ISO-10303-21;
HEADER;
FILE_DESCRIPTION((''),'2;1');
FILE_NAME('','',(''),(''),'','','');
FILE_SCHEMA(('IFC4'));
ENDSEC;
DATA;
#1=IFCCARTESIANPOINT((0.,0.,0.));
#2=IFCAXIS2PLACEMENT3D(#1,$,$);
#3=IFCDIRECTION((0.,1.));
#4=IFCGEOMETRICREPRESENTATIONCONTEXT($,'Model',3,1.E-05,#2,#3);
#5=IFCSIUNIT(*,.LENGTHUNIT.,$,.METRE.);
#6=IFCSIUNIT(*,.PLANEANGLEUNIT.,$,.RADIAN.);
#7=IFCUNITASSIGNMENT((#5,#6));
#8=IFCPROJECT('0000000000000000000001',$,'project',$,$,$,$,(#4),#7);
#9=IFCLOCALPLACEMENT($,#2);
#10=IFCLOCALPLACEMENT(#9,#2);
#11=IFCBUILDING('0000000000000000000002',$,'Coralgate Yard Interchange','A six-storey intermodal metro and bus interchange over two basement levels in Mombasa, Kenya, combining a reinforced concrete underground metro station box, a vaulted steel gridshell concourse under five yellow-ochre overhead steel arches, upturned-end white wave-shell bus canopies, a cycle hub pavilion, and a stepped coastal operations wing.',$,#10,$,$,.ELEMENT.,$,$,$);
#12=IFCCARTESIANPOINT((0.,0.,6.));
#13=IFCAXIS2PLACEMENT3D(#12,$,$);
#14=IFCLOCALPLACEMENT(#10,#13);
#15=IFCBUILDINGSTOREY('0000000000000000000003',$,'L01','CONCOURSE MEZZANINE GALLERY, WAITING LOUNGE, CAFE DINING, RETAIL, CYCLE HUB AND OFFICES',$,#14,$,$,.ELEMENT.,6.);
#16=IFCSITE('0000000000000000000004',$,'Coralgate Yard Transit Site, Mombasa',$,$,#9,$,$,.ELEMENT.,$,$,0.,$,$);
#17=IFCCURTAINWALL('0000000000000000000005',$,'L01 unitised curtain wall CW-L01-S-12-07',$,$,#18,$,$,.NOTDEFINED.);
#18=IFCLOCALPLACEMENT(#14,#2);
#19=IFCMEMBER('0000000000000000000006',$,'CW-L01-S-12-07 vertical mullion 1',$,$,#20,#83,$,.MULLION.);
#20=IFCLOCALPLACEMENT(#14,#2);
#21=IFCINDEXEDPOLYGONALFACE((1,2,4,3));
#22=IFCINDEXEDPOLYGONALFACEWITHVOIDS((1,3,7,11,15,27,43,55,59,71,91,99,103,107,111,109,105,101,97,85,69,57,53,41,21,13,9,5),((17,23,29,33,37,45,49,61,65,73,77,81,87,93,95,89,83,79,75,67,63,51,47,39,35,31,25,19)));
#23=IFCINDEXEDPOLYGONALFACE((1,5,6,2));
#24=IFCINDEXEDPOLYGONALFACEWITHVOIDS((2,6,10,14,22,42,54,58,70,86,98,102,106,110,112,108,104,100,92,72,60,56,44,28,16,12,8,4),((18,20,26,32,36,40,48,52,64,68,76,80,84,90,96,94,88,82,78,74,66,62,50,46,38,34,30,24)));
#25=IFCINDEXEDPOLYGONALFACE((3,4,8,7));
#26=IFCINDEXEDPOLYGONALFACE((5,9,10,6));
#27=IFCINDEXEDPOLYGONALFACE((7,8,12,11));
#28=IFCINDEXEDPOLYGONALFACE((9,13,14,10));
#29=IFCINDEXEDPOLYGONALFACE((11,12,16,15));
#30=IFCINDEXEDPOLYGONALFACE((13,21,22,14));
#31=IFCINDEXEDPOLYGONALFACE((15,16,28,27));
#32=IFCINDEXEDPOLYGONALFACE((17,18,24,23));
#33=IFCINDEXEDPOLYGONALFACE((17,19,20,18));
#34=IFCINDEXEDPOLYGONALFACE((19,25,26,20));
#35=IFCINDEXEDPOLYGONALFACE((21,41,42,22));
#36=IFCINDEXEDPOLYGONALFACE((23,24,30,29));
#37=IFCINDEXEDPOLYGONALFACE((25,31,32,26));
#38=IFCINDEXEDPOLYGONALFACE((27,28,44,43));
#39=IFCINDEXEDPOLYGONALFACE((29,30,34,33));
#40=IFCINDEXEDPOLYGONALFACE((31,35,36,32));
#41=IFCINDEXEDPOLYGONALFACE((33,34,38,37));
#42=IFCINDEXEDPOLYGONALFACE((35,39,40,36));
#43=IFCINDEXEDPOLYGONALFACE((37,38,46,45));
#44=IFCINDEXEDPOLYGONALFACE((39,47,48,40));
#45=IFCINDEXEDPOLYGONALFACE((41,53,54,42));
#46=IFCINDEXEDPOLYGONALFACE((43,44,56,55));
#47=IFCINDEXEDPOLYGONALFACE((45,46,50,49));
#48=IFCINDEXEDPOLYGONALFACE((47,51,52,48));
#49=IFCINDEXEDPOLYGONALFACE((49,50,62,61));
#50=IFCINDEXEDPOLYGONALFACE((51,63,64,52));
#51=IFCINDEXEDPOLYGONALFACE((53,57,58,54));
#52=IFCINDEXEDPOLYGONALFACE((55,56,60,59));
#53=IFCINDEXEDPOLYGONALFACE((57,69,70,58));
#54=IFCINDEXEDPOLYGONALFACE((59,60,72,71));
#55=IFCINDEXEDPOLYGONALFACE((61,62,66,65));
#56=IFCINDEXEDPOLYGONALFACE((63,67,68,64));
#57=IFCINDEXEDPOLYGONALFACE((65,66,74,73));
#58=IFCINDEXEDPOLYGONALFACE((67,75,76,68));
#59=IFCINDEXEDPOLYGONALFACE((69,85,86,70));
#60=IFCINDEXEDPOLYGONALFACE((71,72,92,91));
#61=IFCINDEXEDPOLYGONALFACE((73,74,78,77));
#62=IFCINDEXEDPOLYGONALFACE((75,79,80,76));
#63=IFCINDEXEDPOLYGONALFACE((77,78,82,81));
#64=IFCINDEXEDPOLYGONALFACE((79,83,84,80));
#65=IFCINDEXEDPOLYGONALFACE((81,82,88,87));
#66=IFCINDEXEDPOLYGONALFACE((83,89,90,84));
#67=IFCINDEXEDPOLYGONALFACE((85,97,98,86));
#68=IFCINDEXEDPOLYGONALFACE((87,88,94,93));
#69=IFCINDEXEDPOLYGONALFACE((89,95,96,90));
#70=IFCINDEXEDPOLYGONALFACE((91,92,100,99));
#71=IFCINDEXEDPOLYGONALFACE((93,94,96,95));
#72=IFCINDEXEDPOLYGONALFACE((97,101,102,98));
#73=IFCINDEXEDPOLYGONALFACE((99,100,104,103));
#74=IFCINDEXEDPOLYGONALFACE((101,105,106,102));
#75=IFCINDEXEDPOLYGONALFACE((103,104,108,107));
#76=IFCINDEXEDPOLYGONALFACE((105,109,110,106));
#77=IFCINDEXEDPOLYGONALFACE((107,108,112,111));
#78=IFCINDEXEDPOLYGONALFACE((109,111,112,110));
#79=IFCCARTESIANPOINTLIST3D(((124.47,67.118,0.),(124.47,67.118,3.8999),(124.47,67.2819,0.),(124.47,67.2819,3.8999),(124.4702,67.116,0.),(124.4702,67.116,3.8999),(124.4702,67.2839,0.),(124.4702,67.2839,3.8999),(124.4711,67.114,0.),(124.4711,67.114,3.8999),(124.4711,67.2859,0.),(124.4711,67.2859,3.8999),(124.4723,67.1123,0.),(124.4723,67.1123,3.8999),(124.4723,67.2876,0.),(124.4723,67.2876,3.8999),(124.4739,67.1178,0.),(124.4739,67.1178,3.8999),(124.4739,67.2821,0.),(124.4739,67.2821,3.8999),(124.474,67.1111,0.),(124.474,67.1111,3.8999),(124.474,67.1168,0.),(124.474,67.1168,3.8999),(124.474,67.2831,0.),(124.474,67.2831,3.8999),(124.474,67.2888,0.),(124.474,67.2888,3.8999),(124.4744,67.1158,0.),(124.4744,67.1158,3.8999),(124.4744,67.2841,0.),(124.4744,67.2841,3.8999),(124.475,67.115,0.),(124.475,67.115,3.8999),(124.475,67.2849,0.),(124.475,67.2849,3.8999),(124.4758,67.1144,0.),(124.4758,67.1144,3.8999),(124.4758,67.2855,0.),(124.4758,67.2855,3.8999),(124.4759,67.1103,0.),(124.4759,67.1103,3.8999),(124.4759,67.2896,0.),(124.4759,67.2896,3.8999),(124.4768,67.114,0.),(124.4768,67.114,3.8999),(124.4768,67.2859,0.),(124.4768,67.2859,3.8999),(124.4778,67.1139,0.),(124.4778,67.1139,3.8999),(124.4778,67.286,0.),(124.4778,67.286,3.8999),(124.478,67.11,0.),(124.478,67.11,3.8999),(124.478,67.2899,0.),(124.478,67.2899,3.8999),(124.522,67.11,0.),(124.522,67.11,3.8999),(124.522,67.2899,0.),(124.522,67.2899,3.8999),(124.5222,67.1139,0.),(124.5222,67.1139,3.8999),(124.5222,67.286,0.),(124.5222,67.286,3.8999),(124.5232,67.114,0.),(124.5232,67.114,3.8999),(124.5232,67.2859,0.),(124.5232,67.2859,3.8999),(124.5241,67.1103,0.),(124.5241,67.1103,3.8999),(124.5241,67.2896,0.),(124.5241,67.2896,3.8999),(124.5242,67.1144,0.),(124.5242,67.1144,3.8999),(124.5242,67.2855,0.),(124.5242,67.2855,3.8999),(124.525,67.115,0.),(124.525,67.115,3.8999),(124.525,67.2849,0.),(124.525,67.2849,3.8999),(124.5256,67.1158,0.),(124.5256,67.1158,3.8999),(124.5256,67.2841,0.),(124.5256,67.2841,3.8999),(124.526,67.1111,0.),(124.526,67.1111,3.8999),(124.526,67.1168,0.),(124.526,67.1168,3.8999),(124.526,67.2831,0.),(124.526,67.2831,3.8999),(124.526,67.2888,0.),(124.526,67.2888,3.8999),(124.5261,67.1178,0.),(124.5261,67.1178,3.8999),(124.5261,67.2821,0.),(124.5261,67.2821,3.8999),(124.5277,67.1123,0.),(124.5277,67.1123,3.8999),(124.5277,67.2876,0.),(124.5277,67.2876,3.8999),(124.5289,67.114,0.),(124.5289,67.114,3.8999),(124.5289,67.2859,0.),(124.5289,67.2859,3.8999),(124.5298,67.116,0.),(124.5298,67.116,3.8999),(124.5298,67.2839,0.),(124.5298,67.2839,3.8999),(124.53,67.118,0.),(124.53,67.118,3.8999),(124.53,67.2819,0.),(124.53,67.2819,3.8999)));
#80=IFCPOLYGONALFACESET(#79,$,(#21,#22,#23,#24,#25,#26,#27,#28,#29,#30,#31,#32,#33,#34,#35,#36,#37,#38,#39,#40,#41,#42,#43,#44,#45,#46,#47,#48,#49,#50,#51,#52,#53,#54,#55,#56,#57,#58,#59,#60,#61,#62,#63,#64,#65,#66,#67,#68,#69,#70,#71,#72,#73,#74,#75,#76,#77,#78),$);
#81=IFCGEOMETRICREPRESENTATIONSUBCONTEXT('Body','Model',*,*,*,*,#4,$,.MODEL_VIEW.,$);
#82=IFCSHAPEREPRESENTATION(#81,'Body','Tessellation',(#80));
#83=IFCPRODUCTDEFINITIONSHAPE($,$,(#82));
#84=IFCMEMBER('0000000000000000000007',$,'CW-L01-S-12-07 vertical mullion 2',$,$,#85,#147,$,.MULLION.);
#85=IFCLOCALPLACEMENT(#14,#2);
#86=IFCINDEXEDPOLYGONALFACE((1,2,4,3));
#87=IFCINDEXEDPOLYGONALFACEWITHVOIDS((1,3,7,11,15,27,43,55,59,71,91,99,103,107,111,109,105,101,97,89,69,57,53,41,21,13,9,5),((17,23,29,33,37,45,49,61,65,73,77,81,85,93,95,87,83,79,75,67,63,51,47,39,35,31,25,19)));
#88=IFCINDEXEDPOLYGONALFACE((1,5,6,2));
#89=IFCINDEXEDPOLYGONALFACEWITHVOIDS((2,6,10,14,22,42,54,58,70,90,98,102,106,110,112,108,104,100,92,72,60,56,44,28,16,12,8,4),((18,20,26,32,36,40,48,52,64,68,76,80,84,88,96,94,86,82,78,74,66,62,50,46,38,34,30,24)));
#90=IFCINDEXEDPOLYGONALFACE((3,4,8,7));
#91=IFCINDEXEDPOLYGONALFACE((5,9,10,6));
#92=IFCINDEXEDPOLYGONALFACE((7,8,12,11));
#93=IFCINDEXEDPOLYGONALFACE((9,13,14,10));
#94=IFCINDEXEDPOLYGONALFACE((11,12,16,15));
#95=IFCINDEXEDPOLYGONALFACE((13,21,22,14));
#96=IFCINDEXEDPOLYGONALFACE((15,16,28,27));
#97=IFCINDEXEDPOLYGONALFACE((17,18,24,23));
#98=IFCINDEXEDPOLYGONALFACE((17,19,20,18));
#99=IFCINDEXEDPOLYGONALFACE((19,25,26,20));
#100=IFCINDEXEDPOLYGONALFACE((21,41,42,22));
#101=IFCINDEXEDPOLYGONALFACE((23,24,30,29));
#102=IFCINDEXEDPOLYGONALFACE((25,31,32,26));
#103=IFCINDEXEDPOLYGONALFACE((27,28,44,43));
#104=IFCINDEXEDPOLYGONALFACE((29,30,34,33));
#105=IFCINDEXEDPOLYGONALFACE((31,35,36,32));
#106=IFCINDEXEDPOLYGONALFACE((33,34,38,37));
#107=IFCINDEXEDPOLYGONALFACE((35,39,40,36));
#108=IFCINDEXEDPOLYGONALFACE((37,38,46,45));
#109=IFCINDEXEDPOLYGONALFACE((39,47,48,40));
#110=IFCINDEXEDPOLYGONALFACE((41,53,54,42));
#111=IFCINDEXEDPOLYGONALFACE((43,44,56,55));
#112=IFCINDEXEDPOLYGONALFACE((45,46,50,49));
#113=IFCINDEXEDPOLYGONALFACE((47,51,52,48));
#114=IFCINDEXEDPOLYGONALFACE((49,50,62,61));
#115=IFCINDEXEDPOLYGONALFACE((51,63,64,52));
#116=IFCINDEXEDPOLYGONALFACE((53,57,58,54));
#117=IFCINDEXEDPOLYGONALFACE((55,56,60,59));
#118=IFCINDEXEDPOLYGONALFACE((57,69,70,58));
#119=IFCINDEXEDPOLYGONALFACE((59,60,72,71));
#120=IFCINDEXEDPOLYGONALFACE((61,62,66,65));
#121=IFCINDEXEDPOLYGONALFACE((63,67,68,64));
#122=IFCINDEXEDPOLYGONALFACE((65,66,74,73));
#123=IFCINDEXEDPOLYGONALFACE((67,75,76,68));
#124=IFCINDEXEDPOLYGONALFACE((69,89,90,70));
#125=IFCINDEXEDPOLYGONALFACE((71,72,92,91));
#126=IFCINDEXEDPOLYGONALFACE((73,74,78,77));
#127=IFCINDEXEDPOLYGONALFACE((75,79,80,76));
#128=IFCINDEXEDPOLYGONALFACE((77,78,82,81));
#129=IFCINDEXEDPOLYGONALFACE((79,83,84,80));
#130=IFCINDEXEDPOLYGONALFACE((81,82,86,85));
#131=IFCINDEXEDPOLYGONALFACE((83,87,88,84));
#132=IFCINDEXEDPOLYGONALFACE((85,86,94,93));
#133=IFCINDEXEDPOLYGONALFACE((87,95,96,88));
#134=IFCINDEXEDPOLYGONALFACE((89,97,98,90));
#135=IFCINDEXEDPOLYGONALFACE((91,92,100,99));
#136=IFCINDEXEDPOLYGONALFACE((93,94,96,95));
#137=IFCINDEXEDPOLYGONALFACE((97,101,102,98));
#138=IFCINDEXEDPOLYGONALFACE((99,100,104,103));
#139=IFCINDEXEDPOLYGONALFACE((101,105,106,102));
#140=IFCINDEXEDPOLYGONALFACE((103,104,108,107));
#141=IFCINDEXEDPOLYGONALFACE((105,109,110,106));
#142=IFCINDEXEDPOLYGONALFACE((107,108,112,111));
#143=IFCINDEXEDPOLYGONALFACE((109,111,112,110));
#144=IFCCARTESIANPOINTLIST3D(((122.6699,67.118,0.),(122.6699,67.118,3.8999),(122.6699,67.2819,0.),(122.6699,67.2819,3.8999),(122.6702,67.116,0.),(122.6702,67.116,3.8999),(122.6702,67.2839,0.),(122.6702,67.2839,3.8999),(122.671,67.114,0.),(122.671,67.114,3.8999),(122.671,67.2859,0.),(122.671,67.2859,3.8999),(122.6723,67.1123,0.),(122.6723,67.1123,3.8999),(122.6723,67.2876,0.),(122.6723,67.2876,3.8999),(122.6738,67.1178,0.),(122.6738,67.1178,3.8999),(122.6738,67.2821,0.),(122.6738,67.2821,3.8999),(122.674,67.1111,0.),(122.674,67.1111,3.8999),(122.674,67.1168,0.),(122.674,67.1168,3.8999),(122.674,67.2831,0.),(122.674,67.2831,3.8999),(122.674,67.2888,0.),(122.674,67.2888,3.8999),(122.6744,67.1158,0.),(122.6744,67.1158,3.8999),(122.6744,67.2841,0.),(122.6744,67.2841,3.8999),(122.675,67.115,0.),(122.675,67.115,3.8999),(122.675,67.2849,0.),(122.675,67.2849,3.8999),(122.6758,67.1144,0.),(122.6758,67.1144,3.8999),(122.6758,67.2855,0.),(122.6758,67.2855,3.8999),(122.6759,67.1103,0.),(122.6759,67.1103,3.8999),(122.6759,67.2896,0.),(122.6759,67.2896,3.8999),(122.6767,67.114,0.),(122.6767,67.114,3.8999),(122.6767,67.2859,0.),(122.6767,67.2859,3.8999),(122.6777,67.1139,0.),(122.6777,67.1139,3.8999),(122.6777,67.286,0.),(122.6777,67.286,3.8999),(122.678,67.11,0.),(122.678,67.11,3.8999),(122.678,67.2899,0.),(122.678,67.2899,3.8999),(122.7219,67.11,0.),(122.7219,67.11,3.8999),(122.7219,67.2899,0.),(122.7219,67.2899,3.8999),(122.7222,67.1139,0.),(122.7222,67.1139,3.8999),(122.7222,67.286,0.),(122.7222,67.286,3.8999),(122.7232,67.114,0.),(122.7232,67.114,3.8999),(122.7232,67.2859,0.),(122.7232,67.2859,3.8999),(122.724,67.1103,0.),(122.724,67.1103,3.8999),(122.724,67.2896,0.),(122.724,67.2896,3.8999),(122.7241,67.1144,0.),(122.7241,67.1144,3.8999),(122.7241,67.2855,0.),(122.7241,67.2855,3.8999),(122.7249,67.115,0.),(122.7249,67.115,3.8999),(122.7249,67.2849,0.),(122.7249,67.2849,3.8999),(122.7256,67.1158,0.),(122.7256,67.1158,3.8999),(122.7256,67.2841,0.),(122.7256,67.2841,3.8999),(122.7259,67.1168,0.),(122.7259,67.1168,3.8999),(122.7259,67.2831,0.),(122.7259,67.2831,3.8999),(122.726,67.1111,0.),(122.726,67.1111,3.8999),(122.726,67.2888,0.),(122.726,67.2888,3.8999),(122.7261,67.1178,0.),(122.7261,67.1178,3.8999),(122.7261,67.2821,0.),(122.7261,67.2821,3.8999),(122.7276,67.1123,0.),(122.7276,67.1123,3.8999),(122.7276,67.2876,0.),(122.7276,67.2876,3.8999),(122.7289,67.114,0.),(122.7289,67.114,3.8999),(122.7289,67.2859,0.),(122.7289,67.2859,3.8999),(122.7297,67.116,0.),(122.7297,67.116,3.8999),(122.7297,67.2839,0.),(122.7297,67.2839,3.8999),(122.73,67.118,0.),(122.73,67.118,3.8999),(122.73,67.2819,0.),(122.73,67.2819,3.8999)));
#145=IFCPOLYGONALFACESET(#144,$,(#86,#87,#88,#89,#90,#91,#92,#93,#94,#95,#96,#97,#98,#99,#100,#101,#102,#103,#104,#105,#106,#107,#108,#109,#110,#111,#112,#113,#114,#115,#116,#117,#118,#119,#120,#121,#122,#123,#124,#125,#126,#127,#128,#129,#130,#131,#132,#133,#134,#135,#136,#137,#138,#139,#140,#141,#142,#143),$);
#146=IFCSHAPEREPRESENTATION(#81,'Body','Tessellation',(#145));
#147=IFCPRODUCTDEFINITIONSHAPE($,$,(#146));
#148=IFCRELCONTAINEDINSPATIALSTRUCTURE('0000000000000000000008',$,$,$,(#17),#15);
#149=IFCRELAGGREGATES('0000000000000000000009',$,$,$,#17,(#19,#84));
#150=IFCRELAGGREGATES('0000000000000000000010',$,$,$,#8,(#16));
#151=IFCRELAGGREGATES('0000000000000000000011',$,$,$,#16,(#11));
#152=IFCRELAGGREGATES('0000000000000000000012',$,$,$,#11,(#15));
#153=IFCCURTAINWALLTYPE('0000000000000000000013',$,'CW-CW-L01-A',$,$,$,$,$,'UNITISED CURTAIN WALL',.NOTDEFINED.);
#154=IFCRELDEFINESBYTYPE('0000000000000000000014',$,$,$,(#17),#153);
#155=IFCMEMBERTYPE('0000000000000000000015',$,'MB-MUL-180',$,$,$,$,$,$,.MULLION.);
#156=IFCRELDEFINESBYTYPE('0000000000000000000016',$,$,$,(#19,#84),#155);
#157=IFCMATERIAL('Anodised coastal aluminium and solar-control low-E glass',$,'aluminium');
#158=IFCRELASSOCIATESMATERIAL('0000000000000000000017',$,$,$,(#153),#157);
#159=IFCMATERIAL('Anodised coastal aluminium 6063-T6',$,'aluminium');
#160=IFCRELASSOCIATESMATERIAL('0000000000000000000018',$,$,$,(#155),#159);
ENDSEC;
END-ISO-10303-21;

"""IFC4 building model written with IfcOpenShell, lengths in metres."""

from ifc_helpers import new_model, si_unit, direction, frame, origin, origin_2d, place, context, subcontext, project, spatial, hollow_rectangle, extrude, material, material_profile, profile_set, type_object, element, aggregate, save


model = new_model("IFC4")

# Units and contexts
model_context = context("Model", 3, precision=1e-05, world=origin(), true_north=direction((0.0, 1.0)))
body_context = subcontext(model_context, "Body", "Model", "MODEL_VIEW")
ifc_project = project(units=[si_unit("LENGTHUNIT", "METRE"), si_unit("PLANEANGLEUNIT", "RADIAN")], contexts=[model_context])

# Site, building, storey
site_placement = place(None, origin())
site = spatial("IfcSite", under=ifc_project, at=site_placement, Name="Coralgate Yard Transit Site, Mombasa", CompositionType="ELEMENT", RefElevation=0.0)
building_placement = place(site_placement, origin())
building = spatial("IfcBuilding", under=site, at=building_placement, Name="Coralgate Yard Interchange", Description="A six-storey intermodal metro and bus interchange over two basement levels in Mombasa, Kenya, combining a reinforced concrete underground metro station box, a vaulted steel gridshell concourse under five yellow-ochre overhead steel arches, upturned-end white wave-shell bus canopies, a cycle hub pavilion, and a stepped coastal operations wing.", CompositionType="ELEMENT")
storey_placement = place(building_placement, frame((0.0, 0.0, 6.0)))
storey = spatial("IfcBuildingStorey", under=building, at=storey_placement, Name="L01", Description="CONCOURSE MEZZANINE GALLERY, WAITING LOUNGE, CAFE DINING, RETAIL, CYCLE HUB AND OFFICES", CompositionType="ELEMENT", Elevation=6.0)

# Curtain wall, members
ifc_material_1 = material(Name="Anodised coastal aluminium and solar-control low-E glass", Category="aluminium")
curtain_wall_type = type_object("IfcCurtainWallType", Name="CW-CW-L01-A", ElementType="UNITISED CURTAIN WALL", PredefinedType="NOTDEFINED", material=ifc_material_1)
curtain_wall_placement = place(storey_placement, origin())
curtain_wall = element("IfcCurtainWall", 1, at=curtain_wall_placement, inside=storey, type_object=curtain_wall_type, Name="L01 unitised curtain wall CW-L01-S-12-07", PredefinedType="NOTDEFINED")
ifc_material_2 = material(Name="Anodised coastal aluminium 6063-T6", Category="aluminium")
ifc_material_profile_1 = material_profile(ifc_material_2, hollow_rectangle(XDim=0.0601, YDim=0.1799, WallThickness=0.0039, InnerFilletRadius=0.0039, OuterFilletRadius=0.0081, at=origin_2d()), Name="ALU 60x180x4")
ifc_profile_set_1 = profile_set([ifc_material_profile_1], Name="Anodised coastal aluminium 6063-T6")
member_type_1 = type_object("IfcMemberType", Name="MB-MUL-180", PredefinedType="MULLION", material=ifc_profile_set_1)
member_1_placement = place(storey_placement, frame((124.5, 67.2, 0.0), z_axis=(0.0, 0.0, 1.0), x_axis=(1.0, 0.0, 0.0)))
member_1 = element("IfcMember", 2, at=member_1_placement, type_object=member_type_1, Name="CW-L01-S-12-07 vertical mullion 1", PredefinedType="MULLION", context=body_context, shape_type="SweptSolid", body=[
    extrude(hollow_rectangle(XDim=0.0601, YDim=0.1799, WallThickness=0.0039, InnerFilletRadius=0.0039, OuterFilletRadius=0.0081, at=origin_2d()), origin(), (0.0, 0.0, 1.0), 3.8999),
])
member_2_placement = place(storey_placement, frame((122.7, 67.2, 0.0), z_axis=(0.0, 0.0, 1.0), x_axis=(1.0, 0.0, 0.0)))
member_2 = element("IfcMember", 3, at=member_2_placement, type_object=member_type_1, Name="CW-L01-S-12-07 vertical mullion 2", PredefinedType="MULLION", context=body_context, shape_type="SweptSolid", body=[
    extrude(hollow_rectangle(XDim=0.0601, YDim=0.1799, WallThickness=0.0039, InnerFilletRadius=0.0039, OuterFilletRadius=0.0081, at=origin_2d()), origin(), (0.0, 0.0, 1.0), 3.8999),
])
aggregate(curtain_wall, [member_1, member_2])

save(model, "model.ifc")
